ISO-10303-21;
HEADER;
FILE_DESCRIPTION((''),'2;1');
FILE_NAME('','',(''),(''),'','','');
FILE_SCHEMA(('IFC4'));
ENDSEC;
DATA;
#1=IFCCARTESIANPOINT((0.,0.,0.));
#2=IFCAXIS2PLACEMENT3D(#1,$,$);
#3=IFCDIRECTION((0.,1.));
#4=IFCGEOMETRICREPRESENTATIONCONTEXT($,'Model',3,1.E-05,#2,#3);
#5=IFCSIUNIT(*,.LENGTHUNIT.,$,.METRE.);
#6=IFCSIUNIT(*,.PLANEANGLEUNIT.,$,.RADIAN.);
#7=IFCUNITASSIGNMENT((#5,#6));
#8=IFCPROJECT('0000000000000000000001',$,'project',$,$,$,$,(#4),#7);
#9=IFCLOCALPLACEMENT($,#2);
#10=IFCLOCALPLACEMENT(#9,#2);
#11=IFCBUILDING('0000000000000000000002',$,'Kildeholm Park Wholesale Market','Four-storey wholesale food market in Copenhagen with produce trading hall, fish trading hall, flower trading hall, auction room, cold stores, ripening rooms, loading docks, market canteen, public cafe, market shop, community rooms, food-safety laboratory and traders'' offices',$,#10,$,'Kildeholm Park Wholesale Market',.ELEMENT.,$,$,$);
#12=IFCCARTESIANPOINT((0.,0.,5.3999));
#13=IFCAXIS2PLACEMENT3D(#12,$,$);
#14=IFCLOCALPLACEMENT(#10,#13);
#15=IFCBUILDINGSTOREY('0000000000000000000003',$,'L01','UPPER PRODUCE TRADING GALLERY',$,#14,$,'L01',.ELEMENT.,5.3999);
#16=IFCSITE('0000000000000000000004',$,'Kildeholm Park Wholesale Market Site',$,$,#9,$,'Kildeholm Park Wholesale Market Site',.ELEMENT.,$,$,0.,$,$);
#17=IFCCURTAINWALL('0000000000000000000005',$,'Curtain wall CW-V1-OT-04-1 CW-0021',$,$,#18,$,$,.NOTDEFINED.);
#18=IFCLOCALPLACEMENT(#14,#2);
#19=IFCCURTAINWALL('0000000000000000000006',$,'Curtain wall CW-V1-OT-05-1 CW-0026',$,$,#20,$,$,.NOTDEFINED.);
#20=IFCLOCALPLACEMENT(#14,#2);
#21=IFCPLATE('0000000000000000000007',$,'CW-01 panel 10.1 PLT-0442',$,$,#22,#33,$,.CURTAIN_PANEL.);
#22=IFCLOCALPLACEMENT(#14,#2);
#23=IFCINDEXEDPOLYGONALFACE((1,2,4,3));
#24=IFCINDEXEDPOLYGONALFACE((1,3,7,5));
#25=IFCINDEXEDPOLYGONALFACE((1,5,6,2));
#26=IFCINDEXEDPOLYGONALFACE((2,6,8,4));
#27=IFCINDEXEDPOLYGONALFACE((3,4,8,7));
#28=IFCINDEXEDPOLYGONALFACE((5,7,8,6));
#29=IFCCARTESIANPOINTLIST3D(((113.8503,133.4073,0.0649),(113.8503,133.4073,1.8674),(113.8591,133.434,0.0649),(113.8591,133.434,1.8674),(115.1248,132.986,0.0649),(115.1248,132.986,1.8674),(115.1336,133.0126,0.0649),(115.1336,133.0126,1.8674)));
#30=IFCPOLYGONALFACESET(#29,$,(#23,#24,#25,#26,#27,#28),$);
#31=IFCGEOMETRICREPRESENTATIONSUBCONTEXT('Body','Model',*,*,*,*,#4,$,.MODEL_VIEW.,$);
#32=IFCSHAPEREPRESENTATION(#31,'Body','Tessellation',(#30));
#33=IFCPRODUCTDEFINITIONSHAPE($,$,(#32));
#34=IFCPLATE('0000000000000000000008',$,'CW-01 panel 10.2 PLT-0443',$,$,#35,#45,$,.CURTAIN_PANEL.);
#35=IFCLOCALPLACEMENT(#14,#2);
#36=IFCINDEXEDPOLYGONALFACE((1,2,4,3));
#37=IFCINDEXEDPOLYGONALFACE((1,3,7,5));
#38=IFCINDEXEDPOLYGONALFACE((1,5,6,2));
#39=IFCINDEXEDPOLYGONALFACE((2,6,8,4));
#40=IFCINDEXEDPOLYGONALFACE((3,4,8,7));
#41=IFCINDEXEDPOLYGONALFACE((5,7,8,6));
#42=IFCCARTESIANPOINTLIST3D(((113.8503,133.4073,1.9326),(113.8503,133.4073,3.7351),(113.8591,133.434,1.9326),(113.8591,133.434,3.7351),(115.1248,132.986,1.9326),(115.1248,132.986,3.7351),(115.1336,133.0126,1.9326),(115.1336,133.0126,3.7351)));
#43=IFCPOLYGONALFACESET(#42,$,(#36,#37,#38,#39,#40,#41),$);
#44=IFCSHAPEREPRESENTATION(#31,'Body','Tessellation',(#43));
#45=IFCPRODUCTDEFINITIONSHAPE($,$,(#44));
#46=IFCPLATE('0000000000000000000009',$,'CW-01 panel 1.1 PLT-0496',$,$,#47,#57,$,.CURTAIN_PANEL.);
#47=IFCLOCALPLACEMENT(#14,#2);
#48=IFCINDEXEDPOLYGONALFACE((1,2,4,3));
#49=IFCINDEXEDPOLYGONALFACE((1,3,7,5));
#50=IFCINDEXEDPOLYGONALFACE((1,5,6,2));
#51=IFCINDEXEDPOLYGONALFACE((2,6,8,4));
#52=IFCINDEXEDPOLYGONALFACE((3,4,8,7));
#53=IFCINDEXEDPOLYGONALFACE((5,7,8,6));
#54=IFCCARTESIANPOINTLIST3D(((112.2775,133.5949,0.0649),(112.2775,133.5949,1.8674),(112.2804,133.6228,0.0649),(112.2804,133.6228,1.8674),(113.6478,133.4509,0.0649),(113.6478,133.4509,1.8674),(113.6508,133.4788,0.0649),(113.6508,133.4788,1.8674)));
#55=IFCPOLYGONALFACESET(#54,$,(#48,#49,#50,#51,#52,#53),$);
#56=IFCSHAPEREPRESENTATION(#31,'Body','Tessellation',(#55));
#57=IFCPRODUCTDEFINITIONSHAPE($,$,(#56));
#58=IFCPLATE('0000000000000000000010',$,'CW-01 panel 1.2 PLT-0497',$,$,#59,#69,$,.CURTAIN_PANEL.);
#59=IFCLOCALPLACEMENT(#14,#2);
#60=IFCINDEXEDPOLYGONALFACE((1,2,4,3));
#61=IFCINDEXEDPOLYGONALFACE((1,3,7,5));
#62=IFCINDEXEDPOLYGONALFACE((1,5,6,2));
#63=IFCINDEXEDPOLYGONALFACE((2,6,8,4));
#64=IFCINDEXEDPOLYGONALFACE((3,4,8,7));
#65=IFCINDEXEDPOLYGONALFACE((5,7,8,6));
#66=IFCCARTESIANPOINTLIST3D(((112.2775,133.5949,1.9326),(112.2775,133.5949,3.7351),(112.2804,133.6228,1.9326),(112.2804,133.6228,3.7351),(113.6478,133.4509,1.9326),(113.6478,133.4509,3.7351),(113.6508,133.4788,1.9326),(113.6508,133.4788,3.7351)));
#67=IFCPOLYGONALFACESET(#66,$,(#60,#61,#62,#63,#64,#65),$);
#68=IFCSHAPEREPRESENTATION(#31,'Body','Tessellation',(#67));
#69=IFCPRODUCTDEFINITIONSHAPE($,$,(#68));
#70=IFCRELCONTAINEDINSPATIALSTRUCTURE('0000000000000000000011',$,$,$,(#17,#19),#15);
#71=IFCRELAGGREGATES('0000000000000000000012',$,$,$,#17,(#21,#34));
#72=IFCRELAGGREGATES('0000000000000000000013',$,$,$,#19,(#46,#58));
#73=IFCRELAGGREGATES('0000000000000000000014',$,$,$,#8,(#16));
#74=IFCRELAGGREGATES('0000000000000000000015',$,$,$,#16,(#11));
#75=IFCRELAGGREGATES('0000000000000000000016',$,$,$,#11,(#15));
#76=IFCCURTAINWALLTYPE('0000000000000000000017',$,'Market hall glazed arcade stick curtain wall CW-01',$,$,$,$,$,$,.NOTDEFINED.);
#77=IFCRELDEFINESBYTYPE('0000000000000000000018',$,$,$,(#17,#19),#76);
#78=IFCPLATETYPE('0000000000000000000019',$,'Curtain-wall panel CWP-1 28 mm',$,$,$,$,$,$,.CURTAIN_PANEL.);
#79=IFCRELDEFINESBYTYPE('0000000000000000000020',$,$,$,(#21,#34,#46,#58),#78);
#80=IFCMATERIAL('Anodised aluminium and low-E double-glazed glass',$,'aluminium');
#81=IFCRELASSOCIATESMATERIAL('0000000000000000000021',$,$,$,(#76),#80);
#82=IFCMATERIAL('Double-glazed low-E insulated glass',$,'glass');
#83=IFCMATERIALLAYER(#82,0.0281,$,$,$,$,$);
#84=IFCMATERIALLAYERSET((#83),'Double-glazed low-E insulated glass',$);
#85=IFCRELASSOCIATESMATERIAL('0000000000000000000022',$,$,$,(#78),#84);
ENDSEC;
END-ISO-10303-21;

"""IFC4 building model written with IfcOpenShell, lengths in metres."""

from ifc_helpers import new_model, si_unit, direction, frame, origin, origin_2d, place, context, subcontext, project, spatial, rectangle, extrude, material, layer, layer_set, type_object, element, aggregate, save


model = new_model("IFC4")

# Units and contexts
model_context = context("Model", 3, precision=1e-05, world=origin(), true_north=direction((0.0, 1.0)))
body_context = subcontext(model_context, "Body", "Model", "MODEL_VIEW")
ifc_project = project(units=[si_unit("LENGTHUNIT", "METRE"), si_unit("PLANEANGLEUNIT", "RADIAN")], contexts=[model_context])

# Site, building, storey
site_placement = place(None, origin())
site = spatial("IfcSite", under=ifc_project, at=site_placement, Name="Kildeholm Park Wholesale Market Site", LongName="Kildeholm Park Wholesale Market Site", CompositionType="ELEMENT", RefElevation=0.0)
building_placement = place(site_placement, origin())
building = spatial("IfcBuilding", under=site, at=building_placement, Name="Kildeholm Park Wholesale Market", Description="Four-storey wholesale food market in Copenhagen with produce trading hall, fish trading hall, flower trading hall, auction room, cold stores, ripening rooms, loading docks, market canteen, public cafe, market shop, community rooms, food-safety laboratory and traders' offices", LongName="Kildeholm Park Wholesale Market", CompositionType="ELEMENT")
storey_placement = place(building_placement, frame((0.0, 0.0, 5.3999)))
storey = spatial("IfcBuildingStorey", under=building, at=storey_placement, Name="L01", Description="UPPER PRODUCE TRADING GALLERY", LongName="L01", CompositionType="ELEMENT", Elevation=5.3999)

# Curtain walls
ifc_material_1 = material(Name="Anodised aluminium and low-E double-glazed glass", Category="aluminium")
curtain_wall_type = type_object("IfcCurtainWallType", Name="Market hall glazed arcade stick curtain wall CW-01", PredefinedType="NOTDEFINED", material=ifc_material_1)
curtain_wall_1_placement = place(storey_placement, origin())
curtain_wall_1 = element("IfcCurtainWall", 1, at=curtain_wall_1_placement, inside=storey, type_object=curtain_wall_type, Name="Curtain wall CW-V1-OT-04-1 CW-0021", PredefinedType="NOTDEFINED")
curtain_wall_2_placement = place(storey_placement, origin())
curtain_wall_2 = element("IfcCurtainWall", 2, at=curtain_wall_2_placement, inside=storey, type_object=curtain_wall_type, Name="Curtain wall CW-V1-OT-05-1 CW-0026", PredefinedType="NOTDEFINED")

# Plates
ifc_material_2 = material(Name="Double-glazed low-E insulated glass", Category="glass")
ifc_layer = layer(ifc_material_2, 0.0281)
ifc_layer_set = layer_set([ifc_layer], Name="Double-glazed low-E insulated glass")
plate_type = type_object("IfcPlateType", Name="Curtain-wall panel CWP-1 28 mm", PredefinedType="CURTAIN_PANEL", material=ifc_layer_set)
plate_1_placement = place(storey_placement, frame((114.4919, 133.21, 0.0649), z_axis=(0.0, 0.0, 1.0), x_axis=(-0.949451, 0.313914, 0.0)))
plate_1 = element("IfcPlate", 3, at=plate_1_placement, type_object=plate_type, Name="CW-01 panel 10.1 PLT-0442", PredefinedType="CURTAIN_PANEL", context=body_context, shape_type="SweptSolid", body=[
    extrude(rectangle(XDim=1.3423, YDim=0.0281, at=origin_2d()), origin(), (0.0, 0.0, 1.0), 1.8025),
])
plate_2_placement = place(storey_placement, frame((114.4919, 133.21, 1.9326), z_axis=(0.0, 0.0, 1.0), x_axis=(-0.949451, 0.313914, 0.0)))
plate_2 = element("IfcPlate", 4, at=plate_2_placement, type_object=plate_type, Name="CW-01 panel 10.2 PLT-0443", PredefinedType="CURTAIN_PANEL", context=body_context, shape_type="SweptSolid", body=[
    extrude(rectangle(XDim=1.3423, YDim=0.0281, at=origin_2d()), origin(), (0.0, 0.0, 1.0), 1.8025),
])
aggregate(curtain_wall_1, [plate_1, plate_2])
plate_3_placement = place(storey_placement, frame((112.9641, 133.5369, 0.0649), z_axis=(0.0, 0.0, 1.0), x_axis=(-0.994524, 0.104508, 0.0)))
plate_3 = element("IfcPlate", 5, at=plate_3_placement, type_object=plate_type, Name="CW-01 panel 1.1 PLT-0496", PredefinedType="CURTAIN_PANEL", context=body_context, shape_type="SweptSolid", body=[
    extrude(rectangle(XDim=1.3779, YDim=0.0281, at=origin_2d()), origin(), (0.0, 0.0, 1.0), 1.8025),
])
plate_4_placement = place(storey_placement, frame((112.9641, 133.5369, 1.9326), z_axis=(0.0, 0.0, 1.0), x_axis=(-0.994524, 0.104508, 0.0)))
plate_4 = element("IfcPlate", 6, at=plate_4_placement, type_object=plate_type, Name="CW-01 panel 1.2 PLT-0497", PredefinedType="CURTAIN_PANEL", context=body_context, shape_type="SweptSolid", body=[
    extrude(rectangle(XDim=1.3779, YDim=0.0281, at=origin_2d()), origin(), (0.0, 0.0, 1.0), 1.8025),
])
aggregate(curtain_wall_2, [plate_3, plate_4])

save(model, "model.ifc")
